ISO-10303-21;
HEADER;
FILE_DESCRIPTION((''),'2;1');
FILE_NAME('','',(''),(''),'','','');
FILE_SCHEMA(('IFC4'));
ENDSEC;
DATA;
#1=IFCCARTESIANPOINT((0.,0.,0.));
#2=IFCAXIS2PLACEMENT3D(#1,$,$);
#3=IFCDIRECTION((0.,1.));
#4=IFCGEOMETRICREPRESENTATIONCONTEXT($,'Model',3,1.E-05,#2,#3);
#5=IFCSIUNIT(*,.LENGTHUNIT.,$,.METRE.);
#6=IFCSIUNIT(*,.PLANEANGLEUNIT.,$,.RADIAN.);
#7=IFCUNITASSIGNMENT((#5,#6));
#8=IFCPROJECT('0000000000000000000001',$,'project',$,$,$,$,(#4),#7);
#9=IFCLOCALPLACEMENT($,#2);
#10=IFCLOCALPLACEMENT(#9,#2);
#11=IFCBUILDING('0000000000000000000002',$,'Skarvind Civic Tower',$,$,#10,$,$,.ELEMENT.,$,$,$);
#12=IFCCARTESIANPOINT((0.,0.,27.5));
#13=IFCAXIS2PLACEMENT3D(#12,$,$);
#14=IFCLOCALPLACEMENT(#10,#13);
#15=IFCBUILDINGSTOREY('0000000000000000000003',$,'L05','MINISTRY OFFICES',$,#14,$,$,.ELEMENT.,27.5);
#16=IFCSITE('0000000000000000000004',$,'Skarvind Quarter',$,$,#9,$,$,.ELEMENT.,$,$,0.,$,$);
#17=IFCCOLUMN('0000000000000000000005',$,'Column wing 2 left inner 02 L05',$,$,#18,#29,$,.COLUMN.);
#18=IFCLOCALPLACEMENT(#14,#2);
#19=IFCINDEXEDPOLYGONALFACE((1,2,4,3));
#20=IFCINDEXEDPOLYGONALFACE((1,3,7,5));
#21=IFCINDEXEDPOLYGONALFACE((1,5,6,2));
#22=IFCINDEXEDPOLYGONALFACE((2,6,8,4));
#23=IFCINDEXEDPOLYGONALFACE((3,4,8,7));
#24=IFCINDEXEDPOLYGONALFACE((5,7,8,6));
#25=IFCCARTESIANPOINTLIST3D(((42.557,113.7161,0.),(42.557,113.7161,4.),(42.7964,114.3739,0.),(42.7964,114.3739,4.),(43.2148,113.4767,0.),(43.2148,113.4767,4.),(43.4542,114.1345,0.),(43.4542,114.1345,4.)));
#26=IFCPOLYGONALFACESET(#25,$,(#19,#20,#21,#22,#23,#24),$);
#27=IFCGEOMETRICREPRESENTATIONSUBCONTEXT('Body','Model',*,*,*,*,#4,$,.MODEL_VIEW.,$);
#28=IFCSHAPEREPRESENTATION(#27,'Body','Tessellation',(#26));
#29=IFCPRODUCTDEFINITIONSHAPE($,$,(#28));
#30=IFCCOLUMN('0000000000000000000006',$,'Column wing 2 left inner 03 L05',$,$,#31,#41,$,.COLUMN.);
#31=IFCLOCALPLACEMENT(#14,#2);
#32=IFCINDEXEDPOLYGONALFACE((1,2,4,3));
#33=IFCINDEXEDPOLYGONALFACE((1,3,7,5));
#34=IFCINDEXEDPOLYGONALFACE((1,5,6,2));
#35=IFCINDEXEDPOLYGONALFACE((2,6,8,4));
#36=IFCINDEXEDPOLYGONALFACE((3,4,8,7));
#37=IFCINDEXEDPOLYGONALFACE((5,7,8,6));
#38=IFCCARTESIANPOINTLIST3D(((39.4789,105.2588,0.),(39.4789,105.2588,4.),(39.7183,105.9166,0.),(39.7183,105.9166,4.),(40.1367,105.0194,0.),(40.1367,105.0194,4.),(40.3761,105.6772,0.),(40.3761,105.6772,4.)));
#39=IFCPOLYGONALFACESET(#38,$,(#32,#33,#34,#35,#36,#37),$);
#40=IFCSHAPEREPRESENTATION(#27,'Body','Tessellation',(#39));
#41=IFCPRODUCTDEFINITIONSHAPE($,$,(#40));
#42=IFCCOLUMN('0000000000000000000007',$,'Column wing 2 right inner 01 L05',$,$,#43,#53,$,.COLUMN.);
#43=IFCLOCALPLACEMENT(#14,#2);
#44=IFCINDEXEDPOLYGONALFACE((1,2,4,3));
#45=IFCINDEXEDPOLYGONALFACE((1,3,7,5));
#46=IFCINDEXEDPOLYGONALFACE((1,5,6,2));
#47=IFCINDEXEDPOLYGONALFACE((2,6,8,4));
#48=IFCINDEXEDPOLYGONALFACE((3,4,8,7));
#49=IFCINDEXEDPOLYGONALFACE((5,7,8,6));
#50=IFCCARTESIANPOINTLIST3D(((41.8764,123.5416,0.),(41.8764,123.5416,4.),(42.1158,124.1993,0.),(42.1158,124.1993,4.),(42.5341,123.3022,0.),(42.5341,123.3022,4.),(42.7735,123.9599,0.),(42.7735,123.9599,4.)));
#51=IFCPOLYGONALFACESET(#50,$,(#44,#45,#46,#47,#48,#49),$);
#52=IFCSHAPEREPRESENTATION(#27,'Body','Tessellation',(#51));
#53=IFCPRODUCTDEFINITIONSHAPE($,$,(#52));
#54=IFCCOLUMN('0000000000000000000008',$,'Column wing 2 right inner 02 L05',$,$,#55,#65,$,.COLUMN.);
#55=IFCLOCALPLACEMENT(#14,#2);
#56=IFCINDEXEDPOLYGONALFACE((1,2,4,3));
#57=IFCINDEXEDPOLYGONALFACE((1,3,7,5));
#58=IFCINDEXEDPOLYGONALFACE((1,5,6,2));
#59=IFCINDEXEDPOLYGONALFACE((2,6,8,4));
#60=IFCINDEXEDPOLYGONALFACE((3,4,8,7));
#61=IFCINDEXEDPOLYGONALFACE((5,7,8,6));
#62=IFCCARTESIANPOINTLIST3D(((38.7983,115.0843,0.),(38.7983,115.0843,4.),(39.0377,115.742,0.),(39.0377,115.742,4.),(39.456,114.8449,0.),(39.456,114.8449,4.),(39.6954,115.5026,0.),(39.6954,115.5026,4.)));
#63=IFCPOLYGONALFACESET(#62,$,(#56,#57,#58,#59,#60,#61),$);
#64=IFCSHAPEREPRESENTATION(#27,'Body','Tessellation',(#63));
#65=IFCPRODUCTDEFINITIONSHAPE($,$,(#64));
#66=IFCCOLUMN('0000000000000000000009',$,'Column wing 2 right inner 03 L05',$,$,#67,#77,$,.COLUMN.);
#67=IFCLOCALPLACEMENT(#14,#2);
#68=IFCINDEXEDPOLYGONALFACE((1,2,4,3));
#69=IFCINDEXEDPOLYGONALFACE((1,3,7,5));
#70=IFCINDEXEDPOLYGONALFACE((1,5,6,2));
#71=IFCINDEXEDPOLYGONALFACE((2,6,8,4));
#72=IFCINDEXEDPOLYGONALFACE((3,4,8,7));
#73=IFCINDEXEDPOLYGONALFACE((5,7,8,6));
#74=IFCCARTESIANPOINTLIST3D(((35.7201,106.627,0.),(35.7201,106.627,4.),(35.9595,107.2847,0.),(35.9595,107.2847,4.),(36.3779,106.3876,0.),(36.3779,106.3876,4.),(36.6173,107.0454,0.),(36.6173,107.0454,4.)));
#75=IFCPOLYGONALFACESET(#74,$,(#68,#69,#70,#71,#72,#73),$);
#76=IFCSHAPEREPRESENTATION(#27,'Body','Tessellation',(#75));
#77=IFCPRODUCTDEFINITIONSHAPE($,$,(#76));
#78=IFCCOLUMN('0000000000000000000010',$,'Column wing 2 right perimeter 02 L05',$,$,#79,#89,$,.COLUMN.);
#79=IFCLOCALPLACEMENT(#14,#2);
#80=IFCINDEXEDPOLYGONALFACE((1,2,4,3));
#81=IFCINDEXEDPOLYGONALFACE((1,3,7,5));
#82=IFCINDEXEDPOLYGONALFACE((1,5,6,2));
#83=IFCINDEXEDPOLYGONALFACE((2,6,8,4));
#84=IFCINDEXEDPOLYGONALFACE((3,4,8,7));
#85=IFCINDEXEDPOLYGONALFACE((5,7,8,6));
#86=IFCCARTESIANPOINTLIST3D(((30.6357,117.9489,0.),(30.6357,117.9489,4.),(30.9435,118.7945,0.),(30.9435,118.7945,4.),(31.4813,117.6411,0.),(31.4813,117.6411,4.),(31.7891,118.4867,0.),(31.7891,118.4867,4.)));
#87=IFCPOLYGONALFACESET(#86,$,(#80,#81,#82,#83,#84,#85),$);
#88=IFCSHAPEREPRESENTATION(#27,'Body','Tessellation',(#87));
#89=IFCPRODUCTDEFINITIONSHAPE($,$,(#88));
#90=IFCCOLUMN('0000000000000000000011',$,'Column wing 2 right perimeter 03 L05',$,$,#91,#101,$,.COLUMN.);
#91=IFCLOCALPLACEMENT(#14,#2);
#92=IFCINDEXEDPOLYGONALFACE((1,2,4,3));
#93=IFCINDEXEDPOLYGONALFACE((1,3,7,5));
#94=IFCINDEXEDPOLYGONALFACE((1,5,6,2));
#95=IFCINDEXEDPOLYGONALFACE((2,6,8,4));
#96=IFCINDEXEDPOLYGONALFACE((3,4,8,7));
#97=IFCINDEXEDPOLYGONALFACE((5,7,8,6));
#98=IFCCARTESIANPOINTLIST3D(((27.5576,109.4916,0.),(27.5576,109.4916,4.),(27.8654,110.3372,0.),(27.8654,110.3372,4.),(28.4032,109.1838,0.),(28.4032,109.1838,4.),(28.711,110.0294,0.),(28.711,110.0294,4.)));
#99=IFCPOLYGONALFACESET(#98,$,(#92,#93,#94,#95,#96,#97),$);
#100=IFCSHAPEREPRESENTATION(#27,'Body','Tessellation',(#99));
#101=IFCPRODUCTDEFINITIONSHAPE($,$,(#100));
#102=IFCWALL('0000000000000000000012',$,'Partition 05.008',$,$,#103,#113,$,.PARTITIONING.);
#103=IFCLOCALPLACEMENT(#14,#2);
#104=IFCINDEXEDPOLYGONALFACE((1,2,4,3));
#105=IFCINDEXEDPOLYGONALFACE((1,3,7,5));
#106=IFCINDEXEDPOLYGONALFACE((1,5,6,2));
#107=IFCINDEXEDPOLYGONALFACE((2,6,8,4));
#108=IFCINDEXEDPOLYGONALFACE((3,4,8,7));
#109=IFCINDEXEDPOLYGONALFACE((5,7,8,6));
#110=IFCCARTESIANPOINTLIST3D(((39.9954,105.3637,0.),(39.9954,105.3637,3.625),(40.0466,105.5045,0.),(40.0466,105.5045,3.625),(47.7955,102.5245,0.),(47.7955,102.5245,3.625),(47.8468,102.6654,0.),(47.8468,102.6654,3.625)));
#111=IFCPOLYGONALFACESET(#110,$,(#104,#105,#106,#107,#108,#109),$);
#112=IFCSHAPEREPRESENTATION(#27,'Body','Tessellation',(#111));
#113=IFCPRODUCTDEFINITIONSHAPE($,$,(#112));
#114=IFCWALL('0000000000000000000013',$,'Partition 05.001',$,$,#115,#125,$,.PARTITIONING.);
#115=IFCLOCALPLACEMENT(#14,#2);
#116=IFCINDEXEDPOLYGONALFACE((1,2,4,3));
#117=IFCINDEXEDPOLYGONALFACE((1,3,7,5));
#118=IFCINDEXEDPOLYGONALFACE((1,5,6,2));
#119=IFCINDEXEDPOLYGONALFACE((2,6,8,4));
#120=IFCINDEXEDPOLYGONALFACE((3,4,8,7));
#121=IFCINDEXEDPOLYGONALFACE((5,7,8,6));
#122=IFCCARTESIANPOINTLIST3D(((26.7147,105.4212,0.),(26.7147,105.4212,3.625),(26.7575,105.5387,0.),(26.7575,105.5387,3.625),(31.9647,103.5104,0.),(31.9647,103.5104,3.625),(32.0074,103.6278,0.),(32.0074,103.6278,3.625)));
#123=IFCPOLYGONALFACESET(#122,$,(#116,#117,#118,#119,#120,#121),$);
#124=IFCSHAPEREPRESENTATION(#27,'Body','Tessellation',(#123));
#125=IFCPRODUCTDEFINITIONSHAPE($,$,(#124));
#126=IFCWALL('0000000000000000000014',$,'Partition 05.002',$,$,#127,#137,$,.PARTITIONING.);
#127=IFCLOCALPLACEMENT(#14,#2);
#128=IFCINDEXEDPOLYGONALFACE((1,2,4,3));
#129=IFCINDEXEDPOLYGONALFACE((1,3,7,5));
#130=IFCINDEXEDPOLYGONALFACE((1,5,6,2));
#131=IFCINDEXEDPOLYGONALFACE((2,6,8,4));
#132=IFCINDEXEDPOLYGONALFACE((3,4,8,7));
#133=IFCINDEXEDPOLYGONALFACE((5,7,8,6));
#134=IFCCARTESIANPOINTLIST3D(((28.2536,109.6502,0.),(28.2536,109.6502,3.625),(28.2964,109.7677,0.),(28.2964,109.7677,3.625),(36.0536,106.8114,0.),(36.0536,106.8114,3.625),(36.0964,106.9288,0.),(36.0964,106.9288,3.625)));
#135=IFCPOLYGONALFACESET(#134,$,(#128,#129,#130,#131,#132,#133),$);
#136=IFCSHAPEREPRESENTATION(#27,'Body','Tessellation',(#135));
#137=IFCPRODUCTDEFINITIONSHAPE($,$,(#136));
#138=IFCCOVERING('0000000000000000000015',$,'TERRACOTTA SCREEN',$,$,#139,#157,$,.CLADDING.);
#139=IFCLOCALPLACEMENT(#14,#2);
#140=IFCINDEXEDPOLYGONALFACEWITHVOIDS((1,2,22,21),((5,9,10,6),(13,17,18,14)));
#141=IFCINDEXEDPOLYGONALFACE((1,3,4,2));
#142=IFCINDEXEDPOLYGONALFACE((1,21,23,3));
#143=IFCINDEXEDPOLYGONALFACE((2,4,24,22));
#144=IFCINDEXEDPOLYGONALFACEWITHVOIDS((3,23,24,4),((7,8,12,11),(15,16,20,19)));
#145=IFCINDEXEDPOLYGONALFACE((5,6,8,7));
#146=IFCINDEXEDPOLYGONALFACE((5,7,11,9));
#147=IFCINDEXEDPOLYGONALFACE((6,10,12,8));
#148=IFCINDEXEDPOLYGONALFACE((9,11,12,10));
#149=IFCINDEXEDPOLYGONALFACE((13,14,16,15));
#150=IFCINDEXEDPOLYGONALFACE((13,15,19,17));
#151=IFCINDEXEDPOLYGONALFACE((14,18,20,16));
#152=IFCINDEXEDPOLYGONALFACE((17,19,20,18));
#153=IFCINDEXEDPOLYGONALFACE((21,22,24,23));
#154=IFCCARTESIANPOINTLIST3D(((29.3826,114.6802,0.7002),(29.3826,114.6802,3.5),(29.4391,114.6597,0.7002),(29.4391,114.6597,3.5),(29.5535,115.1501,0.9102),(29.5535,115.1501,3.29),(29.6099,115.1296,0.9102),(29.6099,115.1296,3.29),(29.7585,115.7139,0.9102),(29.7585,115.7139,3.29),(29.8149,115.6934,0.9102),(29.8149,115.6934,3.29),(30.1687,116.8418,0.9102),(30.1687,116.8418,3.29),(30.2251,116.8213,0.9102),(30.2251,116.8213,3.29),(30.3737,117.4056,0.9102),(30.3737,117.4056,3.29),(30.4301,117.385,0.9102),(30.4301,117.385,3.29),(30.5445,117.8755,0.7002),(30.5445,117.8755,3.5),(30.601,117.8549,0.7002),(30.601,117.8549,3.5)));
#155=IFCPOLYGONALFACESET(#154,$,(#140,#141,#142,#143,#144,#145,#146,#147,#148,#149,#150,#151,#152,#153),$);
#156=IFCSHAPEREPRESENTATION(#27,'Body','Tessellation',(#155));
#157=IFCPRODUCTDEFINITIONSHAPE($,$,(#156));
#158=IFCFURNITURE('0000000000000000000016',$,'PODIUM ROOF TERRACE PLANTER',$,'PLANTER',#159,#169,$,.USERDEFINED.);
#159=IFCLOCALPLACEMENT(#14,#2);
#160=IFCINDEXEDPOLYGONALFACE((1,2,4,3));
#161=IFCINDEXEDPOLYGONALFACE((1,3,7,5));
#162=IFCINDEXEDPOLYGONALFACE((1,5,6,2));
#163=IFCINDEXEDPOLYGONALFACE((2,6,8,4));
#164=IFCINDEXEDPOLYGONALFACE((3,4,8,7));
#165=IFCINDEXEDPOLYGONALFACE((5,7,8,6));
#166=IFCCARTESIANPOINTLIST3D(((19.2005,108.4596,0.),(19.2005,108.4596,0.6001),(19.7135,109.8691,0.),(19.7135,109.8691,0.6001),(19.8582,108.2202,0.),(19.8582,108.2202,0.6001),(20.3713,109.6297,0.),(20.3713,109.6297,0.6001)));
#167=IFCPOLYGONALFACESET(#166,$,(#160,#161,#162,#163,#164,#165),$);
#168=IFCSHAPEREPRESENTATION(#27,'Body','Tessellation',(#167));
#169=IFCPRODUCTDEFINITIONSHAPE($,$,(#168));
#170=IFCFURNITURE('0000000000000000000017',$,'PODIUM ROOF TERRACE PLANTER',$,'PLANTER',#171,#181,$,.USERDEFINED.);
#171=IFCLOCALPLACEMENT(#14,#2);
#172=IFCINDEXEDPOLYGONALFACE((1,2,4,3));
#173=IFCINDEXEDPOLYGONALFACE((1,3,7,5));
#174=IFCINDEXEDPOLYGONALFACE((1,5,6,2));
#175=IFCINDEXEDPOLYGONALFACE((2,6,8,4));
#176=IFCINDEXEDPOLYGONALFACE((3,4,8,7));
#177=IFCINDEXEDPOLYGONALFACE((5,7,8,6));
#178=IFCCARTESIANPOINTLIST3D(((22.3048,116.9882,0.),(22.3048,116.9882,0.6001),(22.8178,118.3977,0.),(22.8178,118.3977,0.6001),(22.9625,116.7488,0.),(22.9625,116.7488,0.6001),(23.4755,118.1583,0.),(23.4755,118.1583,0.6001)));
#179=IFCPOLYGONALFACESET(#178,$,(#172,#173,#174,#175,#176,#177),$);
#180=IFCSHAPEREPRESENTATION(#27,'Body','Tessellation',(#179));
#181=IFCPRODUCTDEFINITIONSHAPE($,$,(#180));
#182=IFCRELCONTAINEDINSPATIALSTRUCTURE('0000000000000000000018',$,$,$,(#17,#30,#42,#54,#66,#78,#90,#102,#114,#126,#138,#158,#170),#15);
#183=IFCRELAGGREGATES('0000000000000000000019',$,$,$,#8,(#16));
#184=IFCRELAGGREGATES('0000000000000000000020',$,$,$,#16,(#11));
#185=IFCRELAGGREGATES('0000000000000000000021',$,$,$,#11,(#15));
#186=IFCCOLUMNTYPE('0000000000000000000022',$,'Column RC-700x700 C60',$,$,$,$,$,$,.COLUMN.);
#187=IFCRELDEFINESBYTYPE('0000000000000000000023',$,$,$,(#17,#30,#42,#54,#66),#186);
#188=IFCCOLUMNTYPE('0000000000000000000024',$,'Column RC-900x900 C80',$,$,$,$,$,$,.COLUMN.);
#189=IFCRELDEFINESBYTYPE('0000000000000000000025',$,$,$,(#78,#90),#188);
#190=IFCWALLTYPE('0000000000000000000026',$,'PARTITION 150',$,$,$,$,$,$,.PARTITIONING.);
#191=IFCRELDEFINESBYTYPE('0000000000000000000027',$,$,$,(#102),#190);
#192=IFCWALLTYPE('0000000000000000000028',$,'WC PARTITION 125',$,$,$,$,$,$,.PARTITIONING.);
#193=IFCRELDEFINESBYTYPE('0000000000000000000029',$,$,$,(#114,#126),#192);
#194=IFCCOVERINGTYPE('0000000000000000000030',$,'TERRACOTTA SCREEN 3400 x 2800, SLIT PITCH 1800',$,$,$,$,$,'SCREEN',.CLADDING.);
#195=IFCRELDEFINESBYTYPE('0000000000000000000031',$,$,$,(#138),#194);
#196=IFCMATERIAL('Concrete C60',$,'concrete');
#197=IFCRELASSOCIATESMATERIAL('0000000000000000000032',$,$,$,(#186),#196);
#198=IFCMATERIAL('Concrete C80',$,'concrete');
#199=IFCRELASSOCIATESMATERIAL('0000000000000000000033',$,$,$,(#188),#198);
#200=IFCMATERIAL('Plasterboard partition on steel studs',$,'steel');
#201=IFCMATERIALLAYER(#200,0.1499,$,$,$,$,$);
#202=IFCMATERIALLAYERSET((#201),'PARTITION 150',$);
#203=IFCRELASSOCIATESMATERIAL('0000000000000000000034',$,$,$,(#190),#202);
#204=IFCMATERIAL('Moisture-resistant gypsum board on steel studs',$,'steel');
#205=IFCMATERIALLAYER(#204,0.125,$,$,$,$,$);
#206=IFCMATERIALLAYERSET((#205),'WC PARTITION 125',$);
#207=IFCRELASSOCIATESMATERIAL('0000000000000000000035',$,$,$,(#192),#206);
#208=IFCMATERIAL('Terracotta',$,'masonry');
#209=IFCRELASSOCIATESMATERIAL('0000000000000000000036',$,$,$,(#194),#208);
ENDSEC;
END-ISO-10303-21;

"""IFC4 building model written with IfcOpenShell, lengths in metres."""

from ifc_helpers import new_model, si_unit, direction, frame, frame_2d, origin, origin_2d, place, context, subcontext, project, spatial, polyline, rectangle, outline, extrude, material, layer, layer_set, material_profile, profile_set, type_object, element, save


model = new_model("IFC4")

# Units and contexts
model_context = context("Model", 3, precision=1e-05, world=origin(), true_north=direction((0.0, 1.0)))
body_context = subcontext(model_context, "Body", "Model", "MODEL_VIEW")
ifc_project = project(units=[si_unit("LENGTHUNIT", "METRE"), si_unit("PLANEANGLEUNIT", "RADIAN")], contexts=[model_context])

# Site, building, storey
site_placement = place(None, origin())
site = spatial("IfcSite", under=ifc_project, at=site_placement, Name="Skarvind Quarter", CompositionType="ELEMENT", RefElevation=0.0)
building_placement = place(site_placement, origin())
building = spatial("IfcBuilding", under=site, at=building_placement, Name="Skarvind Civic Tower", CompositionType="ELEMENT")
storey_placement = place(building_placement, frame((0.0, 0.0, 27.5)))
storey = spatial("IfcBuildingStorey", under=building, at=storey_placement, Name="L05", Description="MINISTRY OFFICES", CompositionType="ELEMENT", Elevation=27.5)

# Columns
ifc_material_1 = material(Name="Concrete C60", Category="concrete")
ifc_material_profile_1 = material_profile(ifc_material_1, rectangle(XDim=0.7, YDim=0.7, at=origin_2d()), Name="RC-700x700")
ifc_profile_set_1 = profile_set([ifc_material_profile_1], Name="Concrete C60")
column_type_1 = type_object("IfcColumnType", Name="Column RC-700x700 C60", PredefinedType="COLUMN", material=ifc_profile_set_1)
for number, where, z_axis, x_axis, name in (
    (1, (43.0056, 113.9253, 0.0), (0.0, 0.0, 1.0), (-0.34202, -0.939693, 0.0), "Column wing 2 left inner 02 L05"),
    (2, (39.9275, 105.468, 0.0), (0.0, 0.0, 1.0), (-0.34202, -0.939693, 0.0), "Column wing 2 left inner 03 L05"),
    (3, (42.325, 123.7507, 0.0), (0.0, 0.0, 1.0), (-0.34202, -0.939693, 0.0), "Column wing 2 right inner 01 L05"),
    (4, (39.2468, 115.2935, 0.0), (0.0, 0.0, 1.0), (-0.34202, -0.939693, 0.0), "Column wing 2 right inner 02 L05"),
    (5, (36.1687, 106.8362, 0.0), (0.0, 0.0, 1.0), (-0.34202, -0.939693, 0.0), "Column wing 2 right inner 03 L05"),
):
    element("IfcColumn", number, at=place(storey_placement, frame(where, z_axis=z_axis, x_axis=x_axis)), inside=storey, type_object=column_type_1, Name=name, PredefinedType="COLUMN", context=body_context, shape_type="SweptSolid", body=[
        extrude(rectangle(XDim=0.7, YDim=0.7, at=origin_2d()), origin(), (0.0, 0.0, 1.0), 4.0),
    ])
ifc_material_2 = material(Name="Concrete C80", Category="concrete")
ifc_material_profile_2 = material_profile(ifc_material_2, rectangle(XDim=0.8999, YDim=0.8999, at=origin_2d()), Name="RC-900x900")
ifc_profile_set_2 = profile_set([ifc_material_profile_2], Name="Concrete C80")
column_type_2 = type_object("IfcColumnType", Name="Column RC-900x900 C80", PredefinedType="COLUMN", material=ifc_profile_set_2)
for number, where, z_axis, x_axis, name in (
    (6, (31.2124, 118.2178, 0.0), (0.0, 0.0, 1.0), (-0.34202, -0.939693, 0.0), "Column wing 2 right perimeter 02 L05"),
    (7, (28.1343, 109.7605, 0.0), (0.0, 0.0, 1.0), (-0.34202, -0.939693, 0.0), "Column wing 2 right perimeter 03 L05"),
):
    element("IfcColumn", number, at=place(storey_placement, frame(where, z_axis=z_axis, x_axis=x_axis)), inside=storey, type_object=column_type_2, Name=name, PredefinedType="COLUMN", context=body_context, shape_type="SweptSolid", body=[
        extrude(rectangle(XDim=0.8999, YDim=0.8999, at=origin_2d()), origin(), (0.0, 0.0, 1.0), 4.0),
    ])

# Walls
ifc_material_3 = material(Name="Plasterboard partition on steel studs", Category="steel")
ifc_layer_1 = layer(ifc_material_3, 0.1499)
ifc_layer_set_1 = layer_set([ifc_layer_1], Name="PARTITION 150")
wall_type_1 = type_object("IfcWallType", Name="PARTITION 150", PredefinedType="PARTITIONING", material=ifc_layer_set_1)
wall_1_placement = place(storey_placement, frame((40.021, 105.4341, 0.0), z_axis=(0.0, 0.0, 1.0), x_axis=(0.939688, -0.342034, 0.0)))
element("IfcWall", 8, at=wall_1_placement, inside=storey, type_object=wall_type_1, Name="Partition 05.008", PredefinedType="PARTITIONING", context=body_context, shape_type="SweptSolid", body=[
    extrude(rectangle(XDim=8.3008, YDim=0.1499, at=frame_2d((4.1504, 0.0))), origin(), (0.0, 0.0, 1.0), 3.625),
])
ifc_material_4 = material(Name="Moisture-resistant gypsum board on steel studs", Category="steel")
ifc_layer_2 = layer(ifc_material_4, 0.125)
ifc_layer_set_2 = layer_set([ifc_layer_2], Name="WC PARTITION 125")
wall_type_2 = type_object("IfcWallType", Name="WC PARTITION 125", PredefinedType="PARTITIONING", material=ifc_layer_set_2)
wall_2_placement = place(storey_placement, frame((26.7361, 105.48, 0.0), z_axis=(0.0, 0.0, 1.0), x_axis=(0.93969, -0.342027, 0.0)))
element("IfcWall", 9, at=wall_2_placement, inside=storey, type_object=wall_type_2, Name="Partition 05.001", PredefinedType="PARTITIONING", context=body_context, shape_type="SweptSolid", body=[
    extrude(rectangle(XDim=5.5869, YDim=0.125, at=frame_2d((2.7935, 0.0))), origin(), (0.0, 0.0, 1.0), 3.625),
])
wall_3_placement = place(storey_placement, frame((28.2749, 109.709, 0.0), z_axis=(0.0, 0.0, 1.0), x_axis=(0.939697, -0.342008, 0.0)))
element("IfcWall", 10, at=wall_3_placement, inside=storey, type_object=wall_type_2, Name="Partition 05.002", PredefinedType="PARTITIONING", context=body_context, shape_type="SweptSolid", body=[
    extrude(rectangle(XDim=8.3005, YDim=0.125, at=frame_2d((4.1504, 0.0))), origin(), (0.0, 0.0, 1.0), 3.625),
])

# Covering
ifc_material_5 = material(Name="Terracotta", Category="masonry")
ifc_material_profile_3 = material_profile(ifc_material_5, outline(polyline([(-1.7, -1.3999), (1.7, -1.3999), (1.7, 1.3999), (-1.7, 1.3999), (-1.7, -1.3999)]), holes=[polyline([(-1.2, -1.1899), (-0.6001, -1.1899), (-0.6001, 1.1899), (-1.2, 1.1899), (-1.2, -1.1899)]), polyline([(0.6001, -1.1899), (1.2, -1.1899), (1.2, 1.1899), (0.6001, 1.1899), (0.6001, -1.1899)])]), Name="TERRACOTTA SCREEN 3400 x 2800, SLIT PITCH 1800")
ifc_profile_set_3 = profile_set([ifc_material_profile_3], Name="Terracotta")
covering_type = type_object("IfcCoveringType", Name="TERRACOTTA SCREEN 3400 x 2800, SLIT PITCH 1800", ElementType="SCREEN", PredefinedType="CLADDING", material=ifc_profile_set_3)
covering_placement = place(storey_placement, frame((30.02, 116.2573, 2.1001), z_axis=(-0.939793, 0.341743, 0.0), x_axis=(-0.341743, -0.939793, 0.0)))
element("IfcCovering", 11, at=covering_placement, inside=storey, type_object=covering_type, Name="TERRACOTTA SCREEN", PredefinedType="CLADDING", context=body_context, shape_type="SweptSolid", body=[
    extrude(outline(polyline([(-1.7, -1.3999), (1.7, -1.3999), (1.7, 1.3999), (-1.7, 1.3999), (-1.7, -1.3999)]), holes=[polyline([(-1.2, -1.1899), (-0.6001, -1.1899), (-0.6001, 1.1899), (-1.2, 1.1899), (-1.2, -1.1899)]), polyline([(0.6001, -1.1899), (1.2, -1.1899), (1.2, 1.1899), (0.6001, 1.1899), (0.6001, -1.1899)])]), origin(), (0.0, 0.0, 1.0), 0.0601),
])

# Furniture
for number, where, z_axis, x_axis, name in (
    (12, (19.7859, 109.0447, 0.0), (0.0, 0.0, 1.0), (0.34202, 0.939693, 0.0), "PODIUM ROOF TERRACE PLANTER"),
    (13, (22.8901, 117.5732, 0.0), (0.0, 0.0, 1.0), (0.34202, 0.939693, 0.0), "PODIUM ROOF TERRACE PLANTER"),
):
    element("IfcFurniture", number, at=place(storey_placement, frame(where, z_axis=z_axis, x_axis=x_axis)), inside=storey, Name=name, ObjectType="PLANTER", PredefinedType="USERDEFINED", context=body_context, shape_type="SweptSolid", body=[
        extrude(rectangle(XDim=1.5, YDim=0.7, at=origin_2d()), origin(), (0.0, 0.0, 1.0), 0.6001),
    ])

save(model, "model.ifc")
